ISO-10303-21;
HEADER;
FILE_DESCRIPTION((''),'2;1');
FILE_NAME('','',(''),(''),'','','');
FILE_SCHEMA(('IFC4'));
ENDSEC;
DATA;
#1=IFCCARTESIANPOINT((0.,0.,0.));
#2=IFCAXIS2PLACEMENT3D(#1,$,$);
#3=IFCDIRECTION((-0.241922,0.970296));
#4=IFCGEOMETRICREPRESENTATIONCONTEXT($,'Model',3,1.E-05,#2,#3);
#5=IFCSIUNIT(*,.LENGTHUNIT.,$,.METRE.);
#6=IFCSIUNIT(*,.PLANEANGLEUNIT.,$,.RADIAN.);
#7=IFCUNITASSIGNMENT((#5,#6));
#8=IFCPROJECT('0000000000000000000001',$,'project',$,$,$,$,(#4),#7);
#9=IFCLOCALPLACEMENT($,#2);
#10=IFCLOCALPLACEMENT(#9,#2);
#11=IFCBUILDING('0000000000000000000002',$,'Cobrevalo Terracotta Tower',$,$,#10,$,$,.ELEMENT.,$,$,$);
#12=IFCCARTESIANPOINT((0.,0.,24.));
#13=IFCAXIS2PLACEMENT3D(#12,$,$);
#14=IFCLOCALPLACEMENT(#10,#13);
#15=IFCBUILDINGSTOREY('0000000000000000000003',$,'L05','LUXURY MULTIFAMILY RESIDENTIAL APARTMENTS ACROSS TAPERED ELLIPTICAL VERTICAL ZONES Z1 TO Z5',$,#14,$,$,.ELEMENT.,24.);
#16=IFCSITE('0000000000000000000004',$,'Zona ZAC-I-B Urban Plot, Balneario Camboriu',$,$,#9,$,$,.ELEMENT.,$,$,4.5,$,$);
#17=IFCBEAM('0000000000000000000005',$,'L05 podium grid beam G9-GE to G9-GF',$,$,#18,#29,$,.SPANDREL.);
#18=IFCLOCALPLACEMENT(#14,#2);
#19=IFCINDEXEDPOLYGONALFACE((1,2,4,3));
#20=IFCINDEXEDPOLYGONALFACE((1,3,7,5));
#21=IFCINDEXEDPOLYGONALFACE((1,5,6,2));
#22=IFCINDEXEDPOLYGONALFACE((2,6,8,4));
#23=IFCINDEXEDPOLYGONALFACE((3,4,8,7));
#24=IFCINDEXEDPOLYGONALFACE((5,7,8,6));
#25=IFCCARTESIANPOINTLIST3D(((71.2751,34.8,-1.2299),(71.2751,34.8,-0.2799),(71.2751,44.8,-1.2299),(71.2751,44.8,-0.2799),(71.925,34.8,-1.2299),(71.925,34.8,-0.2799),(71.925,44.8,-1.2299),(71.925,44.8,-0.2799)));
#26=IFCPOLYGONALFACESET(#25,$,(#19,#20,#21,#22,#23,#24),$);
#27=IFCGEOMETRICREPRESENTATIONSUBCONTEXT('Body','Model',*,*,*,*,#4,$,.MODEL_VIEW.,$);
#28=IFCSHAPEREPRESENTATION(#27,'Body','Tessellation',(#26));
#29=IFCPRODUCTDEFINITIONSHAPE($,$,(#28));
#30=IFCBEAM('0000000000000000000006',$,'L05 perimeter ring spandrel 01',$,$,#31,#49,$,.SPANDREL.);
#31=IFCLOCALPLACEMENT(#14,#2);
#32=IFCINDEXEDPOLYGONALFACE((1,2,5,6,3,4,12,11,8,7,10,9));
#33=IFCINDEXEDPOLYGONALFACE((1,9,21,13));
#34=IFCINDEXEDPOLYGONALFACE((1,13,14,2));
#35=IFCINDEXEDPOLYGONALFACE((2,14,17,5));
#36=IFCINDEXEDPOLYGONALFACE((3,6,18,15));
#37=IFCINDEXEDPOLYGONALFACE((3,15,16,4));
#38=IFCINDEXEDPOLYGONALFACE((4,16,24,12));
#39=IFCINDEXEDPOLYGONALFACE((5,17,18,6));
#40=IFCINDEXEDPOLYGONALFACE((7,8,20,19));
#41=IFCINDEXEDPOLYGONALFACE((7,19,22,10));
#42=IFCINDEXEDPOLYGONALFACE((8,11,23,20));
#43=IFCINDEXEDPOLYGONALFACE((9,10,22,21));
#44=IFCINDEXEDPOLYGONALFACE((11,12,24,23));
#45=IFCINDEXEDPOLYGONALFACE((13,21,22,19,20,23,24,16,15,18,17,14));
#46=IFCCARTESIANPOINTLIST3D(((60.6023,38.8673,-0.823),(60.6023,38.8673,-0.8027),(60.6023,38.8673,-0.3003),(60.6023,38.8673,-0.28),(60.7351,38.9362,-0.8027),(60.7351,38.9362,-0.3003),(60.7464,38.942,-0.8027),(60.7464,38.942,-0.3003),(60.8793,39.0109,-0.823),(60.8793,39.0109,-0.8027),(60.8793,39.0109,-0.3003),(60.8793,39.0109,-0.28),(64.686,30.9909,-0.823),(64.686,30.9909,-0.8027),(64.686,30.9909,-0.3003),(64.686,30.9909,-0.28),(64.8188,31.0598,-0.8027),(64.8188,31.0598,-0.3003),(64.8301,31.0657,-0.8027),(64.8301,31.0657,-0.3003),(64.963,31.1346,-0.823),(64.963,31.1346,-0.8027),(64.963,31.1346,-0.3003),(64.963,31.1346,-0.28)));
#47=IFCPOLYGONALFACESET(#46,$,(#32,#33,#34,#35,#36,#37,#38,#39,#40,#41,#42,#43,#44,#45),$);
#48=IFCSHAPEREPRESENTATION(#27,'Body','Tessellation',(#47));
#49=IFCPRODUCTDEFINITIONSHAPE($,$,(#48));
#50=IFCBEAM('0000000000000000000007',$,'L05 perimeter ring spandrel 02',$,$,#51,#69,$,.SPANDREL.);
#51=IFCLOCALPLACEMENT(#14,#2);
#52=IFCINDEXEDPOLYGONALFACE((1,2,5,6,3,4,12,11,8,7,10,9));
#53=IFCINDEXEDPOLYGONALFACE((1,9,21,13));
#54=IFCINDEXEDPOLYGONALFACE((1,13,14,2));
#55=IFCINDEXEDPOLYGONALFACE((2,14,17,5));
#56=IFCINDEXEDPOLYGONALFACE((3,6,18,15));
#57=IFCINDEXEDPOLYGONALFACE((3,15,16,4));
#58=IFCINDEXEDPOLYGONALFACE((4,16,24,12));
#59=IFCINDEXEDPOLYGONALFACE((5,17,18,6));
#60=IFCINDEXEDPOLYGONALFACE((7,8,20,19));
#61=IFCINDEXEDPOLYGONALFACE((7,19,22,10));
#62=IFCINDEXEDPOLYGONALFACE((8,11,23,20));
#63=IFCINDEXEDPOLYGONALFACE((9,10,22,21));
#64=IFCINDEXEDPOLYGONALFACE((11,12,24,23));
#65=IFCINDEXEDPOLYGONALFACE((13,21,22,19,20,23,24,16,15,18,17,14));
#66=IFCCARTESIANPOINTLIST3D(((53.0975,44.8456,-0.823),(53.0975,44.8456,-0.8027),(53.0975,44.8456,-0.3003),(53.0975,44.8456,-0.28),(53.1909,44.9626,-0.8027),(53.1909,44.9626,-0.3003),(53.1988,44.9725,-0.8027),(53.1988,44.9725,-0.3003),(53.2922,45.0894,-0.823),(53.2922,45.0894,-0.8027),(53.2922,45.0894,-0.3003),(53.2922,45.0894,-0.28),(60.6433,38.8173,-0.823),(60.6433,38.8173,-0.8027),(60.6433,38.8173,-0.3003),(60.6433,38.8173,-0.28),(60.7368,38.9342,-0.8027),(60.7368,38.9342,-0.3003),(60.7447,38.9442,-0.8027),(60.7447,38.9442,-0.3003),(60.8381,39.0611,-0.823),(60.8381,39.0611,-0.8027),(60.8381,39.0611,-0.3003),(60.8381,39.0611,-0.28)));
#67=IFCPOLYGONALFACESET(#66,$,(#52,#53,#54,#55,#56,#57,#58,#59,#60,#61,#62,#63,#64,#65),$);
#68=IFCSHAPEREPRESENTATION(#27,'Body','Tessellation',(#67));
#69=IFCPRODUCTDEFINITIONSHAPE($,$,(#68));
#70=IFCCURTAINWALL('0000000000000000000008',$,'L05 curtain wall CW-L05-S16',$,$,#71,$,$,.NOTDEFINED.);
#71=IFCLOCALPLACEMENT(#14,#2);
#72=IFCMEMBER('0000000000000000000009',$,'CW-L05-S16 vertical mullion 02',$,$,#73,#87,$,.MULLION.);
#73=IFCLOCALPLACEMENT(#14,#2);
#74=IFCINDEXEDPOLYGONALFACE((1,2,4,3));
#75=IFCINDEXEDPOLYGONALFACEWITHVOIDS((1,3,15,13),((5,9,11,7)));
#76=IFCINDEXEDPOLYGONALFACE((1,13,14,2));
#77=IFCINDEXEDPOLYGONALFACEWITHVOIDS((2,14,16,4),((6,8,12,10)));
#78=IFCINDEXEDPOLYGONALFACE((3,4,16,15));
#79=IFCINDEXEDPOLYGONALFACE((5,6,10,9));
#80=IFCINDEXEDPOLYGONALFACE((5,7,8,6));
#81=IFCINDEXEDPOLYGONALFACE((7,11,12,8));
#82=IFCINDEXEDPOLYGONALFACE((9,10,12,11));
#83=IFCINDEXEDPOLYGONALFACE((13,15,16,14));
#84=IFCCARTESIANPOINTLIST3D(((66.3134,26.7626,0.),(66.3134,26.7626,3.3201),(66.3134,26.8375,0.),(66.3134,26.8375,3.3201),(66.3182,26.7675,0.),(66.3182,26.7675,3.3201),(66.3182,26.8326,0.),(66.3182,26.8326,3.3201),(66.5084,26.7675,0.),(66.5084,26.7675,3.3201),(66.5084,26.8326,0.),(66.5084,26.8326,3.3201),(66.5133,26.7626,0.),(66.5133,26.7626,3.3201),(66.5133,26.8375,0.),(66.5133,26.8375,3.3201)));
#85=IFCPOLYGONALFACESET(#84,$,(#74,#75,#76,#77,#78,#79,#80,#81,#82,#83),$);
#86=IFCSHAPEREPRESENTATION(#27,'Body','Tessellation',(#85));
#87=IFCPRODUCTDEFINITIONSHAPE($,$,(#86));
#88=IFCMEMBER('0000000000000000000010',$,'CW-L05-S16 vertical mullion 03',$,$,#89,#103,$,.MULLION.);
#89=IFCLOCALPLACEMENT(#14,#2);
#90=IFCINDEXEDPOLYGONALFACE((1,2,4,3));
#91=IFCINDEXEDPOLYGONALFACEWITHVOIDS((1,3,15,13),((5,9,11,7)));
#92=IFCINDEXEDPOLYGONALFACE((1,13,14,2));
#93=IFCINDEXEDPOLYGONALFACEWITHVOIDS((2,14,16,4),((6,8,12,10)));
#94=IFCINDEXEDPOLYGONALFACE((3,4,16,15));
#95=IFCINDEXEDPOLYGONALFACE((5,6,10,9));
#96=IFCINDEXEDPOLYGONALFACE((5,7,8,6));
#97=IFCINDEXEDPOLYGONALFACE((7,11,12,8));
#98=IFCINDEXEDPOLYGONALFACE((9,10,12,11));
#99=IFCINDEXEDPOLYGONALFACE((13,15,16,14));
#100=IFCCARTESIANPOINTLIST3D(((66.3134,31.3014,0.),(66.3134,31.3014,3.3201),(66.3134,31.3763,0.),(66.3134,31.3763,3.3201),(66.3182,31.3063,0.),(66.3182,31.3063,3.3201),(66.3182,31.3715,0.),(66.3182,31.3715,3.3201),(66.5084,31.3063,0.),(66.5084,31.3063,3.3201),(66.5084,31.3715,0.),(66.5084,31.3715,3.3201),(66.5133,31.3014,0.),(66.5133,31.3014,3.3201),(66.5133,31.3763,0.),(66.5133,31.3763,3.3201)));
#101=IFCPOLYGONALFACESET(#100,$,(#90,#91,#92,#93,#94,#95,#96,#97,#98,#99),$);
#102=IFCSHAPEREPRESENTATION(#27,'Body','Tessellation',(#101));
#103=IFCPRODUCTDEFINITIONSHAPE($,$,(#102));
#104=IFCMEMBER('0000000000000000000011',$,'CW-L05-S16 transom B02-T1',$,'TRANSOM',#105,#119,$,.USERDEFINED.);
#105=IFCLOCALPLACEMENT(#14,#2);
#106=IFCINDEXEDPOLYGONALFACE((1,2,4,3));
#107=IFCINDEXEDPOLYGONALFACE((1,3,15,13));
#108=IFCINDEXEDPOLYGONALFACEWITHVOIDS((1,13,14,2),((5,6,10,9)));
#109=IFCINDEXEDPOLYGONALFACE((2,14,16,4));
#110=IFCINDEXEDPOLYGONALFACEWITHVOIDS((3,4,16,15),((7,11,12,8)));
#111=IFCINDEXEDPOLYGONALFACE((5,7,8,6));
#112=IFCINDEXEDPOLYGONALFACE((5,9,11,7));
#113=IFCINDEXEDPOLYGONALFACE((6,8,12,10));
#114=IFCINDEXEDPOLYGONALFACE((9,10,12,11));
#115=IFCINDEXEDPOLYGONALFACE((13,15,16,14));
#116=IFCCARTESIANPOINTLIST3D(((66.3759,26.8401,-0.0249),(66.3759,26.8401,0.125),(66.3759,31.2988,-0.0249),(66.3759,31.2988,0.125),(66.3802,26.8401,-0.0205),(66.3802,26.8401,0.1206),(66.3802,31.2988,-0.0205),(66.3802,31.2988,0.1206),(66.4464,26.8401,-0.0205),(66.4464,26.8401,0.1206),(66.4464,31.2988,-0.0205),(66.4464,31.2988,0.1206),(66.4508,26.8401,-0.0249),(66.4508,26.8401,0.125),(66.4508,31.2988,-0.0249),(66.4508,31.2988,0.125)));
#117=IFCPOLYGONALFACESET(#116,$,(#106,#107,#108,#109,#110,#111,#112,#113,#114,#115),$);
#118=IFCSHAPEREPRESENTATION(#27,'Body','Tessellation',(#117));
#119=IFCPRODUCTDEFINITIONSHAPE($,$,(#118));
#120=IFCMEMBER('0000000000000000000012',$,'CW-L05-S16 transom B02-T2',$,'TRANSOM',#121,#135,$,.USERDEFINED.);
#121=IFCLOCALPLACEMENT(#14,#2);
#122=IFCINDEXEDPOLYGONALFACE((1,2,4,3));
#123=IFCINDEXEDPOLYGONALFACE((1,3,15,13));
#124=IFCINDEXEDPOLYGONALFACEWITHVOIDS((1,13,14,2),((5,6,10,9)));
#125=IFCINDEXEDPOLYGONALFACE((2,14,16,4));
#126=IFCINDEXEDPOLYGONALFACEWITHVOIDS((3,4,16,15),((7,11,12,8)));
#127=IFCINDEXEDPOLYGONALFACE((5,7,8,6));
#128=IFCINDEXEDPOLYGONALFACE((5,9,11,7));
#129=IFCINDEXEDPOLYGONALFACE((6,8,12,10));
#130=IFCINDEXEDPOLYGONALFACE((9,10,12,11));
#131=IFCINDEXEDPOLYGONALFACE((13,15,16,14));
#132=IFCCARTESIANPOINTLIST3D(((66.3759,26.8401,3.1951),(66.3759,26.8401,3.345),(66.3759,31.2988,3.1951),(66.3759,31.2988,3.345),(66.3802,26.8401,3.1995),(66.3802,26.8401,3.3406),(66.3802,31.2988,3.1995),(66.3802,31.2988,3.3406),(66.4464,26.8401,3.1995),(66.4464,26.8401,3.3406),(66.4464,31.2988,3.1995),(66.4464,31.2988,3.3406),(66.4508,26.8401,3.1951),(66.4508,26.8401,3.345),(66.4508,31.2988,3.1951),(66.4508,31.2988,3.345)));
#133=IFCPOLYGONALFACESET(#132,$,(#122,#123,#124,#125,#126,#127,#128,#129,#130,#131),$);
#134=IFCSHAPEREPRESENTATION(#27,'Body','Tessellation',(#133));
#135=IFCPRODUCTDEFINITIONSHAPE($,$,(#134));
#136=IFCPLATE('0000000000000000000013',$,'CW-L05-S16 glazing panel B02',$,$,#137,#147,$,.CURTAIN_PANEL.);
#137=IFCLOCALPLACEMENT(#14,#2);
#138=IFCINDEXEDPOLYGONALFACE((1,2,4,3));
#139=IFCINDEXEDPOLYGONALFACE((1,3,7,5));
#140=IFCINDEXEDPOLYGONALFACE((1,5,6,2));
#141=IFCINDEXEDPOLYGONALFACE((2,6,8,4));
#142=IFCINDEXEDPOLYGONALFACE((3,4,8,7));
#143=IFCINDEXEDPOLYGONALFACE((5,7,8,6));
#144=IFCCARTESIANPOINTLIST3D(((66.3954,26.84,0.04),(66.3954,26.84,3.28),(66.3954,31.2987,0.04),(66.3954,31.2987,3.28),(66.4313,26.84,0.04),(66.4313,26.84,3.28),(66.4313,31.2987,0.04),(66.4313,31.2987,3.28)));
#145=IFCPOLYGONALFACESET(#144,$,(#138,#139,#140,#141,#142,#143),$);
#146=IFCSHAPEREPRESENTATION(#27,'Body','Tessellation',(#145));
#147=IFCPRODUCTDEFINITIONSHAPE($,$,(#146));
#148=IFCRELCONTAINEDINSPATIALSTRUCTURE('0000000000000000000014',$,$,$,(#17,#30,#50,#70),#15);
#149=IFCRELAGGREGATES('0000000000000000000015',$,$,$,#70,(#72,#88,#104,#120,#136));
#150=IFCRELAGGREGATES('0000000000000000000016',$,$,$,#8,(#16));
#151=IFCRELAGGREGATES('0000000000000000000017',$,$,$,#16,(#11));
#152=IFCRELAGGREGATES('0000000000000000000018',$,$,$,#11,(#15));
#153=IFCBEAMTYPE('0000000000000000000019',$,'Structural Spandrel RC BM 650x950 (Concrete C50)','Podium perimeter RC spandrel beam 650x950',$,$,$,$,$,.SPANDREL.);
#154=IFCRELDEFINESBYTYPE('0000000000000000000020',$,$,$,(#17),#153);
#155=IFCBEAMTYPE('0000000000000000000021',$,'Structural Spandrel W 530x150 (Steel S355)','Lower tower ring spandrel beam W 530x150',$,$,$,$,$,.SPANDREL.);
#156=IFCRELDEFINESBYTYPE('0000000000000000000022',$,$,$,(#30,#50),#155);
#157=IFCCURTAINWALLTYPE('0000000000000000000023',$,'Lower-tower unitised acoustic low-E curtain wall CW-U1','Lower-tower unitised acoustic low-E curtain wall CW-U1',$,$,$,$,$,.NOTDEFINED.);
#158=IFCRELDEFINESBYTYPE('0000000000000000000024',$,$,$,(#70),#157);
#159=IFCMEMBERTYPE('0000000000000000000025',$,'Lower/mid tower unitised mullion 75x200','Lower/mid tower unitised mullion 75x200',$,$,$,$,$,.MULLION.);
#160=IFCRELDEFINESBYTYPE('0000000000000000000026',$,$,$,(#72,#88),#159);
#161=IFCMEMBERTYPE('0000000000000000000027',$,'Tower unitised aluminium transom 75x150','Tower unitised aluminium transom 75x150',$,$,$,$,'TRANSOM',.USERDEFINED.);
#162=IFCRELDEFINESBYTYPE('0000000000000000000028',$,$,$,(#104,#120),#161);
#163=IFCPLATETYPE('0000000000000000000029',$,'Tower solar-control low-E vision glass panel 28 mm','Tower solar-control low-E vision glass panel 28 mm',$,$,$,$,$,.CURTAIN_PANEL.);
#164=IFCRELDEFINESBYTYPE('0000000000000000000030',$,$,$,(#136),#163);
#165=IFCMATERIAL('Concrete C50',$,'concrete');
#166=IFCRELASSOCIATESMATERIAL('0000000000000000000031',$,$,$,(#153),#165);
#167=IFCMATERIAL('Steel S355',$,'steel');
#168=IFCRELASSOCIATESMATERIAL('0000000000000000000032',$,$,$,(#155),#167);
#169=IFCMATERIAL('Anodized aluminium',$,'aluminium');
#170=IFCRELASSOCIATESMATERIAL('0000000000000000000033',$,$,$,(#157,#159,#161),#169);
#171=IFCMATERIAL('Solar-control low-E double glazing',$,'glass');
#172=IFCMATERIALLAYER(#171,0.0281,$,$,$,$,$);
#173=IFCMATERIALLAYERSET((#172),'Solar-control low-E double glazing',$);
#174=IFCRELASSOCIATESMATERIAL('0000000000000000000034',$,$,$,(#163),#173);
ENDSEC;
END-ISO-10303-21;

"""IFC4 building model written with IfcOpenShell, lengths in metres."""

from ifc_helpers import new_model, si_unit, direction, frame, origin, origin_2d, place, context, subcontext, project, spatial, rectangle, hollow_rectangle, i_section, extrude, source, transform, mapped, material, layer, layer_set, material_profile, profile_set, type_object, element, aggregate, save


model = new_model("IFC4")

# Units and contexts
model_context = context("Model", 3, precision=1e-05, world=origin(), true_north=direction((-0.241922, 0.970296)))
body_context = subcontext(model_context, "Body", "Model", "MODEL_VIEW")
ifc_project = project(units=[si_unit("LENGTHUNIT", "METRE"), si_unit("PLANEANGLEUNIT", "RADIAN")], contexts=[model_context])

# Site, building, storey
site_placement = place(None, origin())
site = spatial("IfcSite", under=ifc_project, at=site_placement, Name="Zona ZAC-I-B Urban Plot, Balneario Camboriu", CompositionType="ELEMENT", RefElevation=4.5)
building_placement = place(site_placement, origin())
building = spatial("IfcBuilding", under=site, at=building_placement, Name="Cobrevalo Terracotta Tower", CompositionType="ELEMENT")
storey_placement = place(building_placement, frame((0.0, 0.0, 24.0)))
storey = spatial("IfcBuildingStorey", under=building, at=storey_placement, Name="L05", Description="LUXURY MULTIFAMILY RESIDENTIAL APARTMENTS ACROSS TAPERED ELLIPTICAL VERTICAL ZONES Z1 TO Z5", CompositionType="ELEMENT", Elevation=24.0)

# Shared definitions
ifc_material_1 = material(Name="Steel S355", Category="steel")

# Beams
ifc_material_2 = material(Name="Concrete C50", Category="concrete")
ifc_material_profile_1 = material_profile(ifc_material_2, rectangle(XDim=0.6499, YDim=0.95, at=origin_2d()), Name="RC BM 650x950")
ifc_profile_set_1 = profile_set([ifc_material_profile_1], Name="Concrete C50")
beam_type_1 = type_object("IfcBeamType", Name="Structural Spandrel RC BM 650x950 (Concrete C50)", Description="Podium perimeter RC spandrel beam 650x950", PredefinedType="SPANDREL", material=ifc_profile_set_1)
beam_1_placement = place(storey_placement, frame((71.6001, 34.8, -0.7549), z_axis=(0.0, 1.0, 0.0), x_axis=(-1.0, 0.0, 0.0)))
element("IfcBeam", 1, at=beam_1_placement, inside=storey, type_object=beam_type_1, Name="L05 podium grid beam G9-GE to G9-GF", PredefinedType="SPANDREL", context=body_context, shape_type="SweptSolid", body=[
    extrude(rectangle(XDim=0.6499, YDim=0.95, at=origin_2d()), origin(), (0.0, 0.0, 1.0), 10.0),
])
ifc_material_profile_2 = material_profile(ifc_material_1, i_section(OverallWidth=0.312, OverallDepth=0.543, WebThickness=0.0127, FlangeThickness=0.0203, at=origin_2d()), Name="W 530x150")
ifc_profile_set_2 = profile_set([ifc_material_profile_2], Name="Steel S355")
beam_type_2 = type_object("IfcBeamType", Name="Structural Spandrel W 530x150 (Steel S355)", Description="Lower tower ring spandrel beam W 530x150", PredefinedType="SPANDREL", material=ifc_profile_set_2)
beam_2_placement = place(storey_placement, frame((64.8245, 31.0627, -0.5515), z_axis=(-0.460286, 0.887771, 0.0), x_axis=(-0.887771, -0.460286, 0.0)))
element("IfcBeam", 2, at=beam_2_placement, inside=storey, type_object=beam_type_2, Name="L05 perimeter ring spandrel 01", PredefinedType="SPANDREL", context=body_context, shape_type="SweptSolid", body=[
    extrude(i_section(OverallWidth=0.312, OverallDepth=0.543, WebThickness=0.0127, FlangeThickness=0.0203, at=origin_2d()), origin(), (0.0, 0.0, 1.0), 8.8721),
])
beam_3_placement = place(storey_placement, frame((60.7407, 38.9392, -0.5515), z_axis=(-0.781293, 0.624165, 0.0), x_axis=(-0.624165, -0.781293, 0.0)))
element("IfcBeam", 3, at=beam_3_placement, inside=storey, type_object=beam_type_2, Name="L05 perimeter ring spandrel 02", PredefinedType="SPANDREL", context=body_context, shape_type="SweptSolid", body=[
    extrude(i_section(OverallWidth=0.312, OverallDepth=0.543, WebThickness=0.0127, FlangeThickness=0.0203, at=origin_2d()), origin(), (0.0, 0.0, 1.0), 9.6582),
])

# Curtain wall, members, plate
ifc_material_3 = material(Name="Anodized aluminium", Category="aluminium")
curtain_wall_type = type_object("IfcCurtainWallType", Name="Lower-tower unitised acoustic low-E curtain wall CW-U1", Description="Lower-tower unitised acoustic low-E curtain wall CW-U1", PredefinedType="NOTDEFINED", material=ifc_material_3)
curtain_wall_placement = place(storey_placement, origin())
curtain_wall = element("IfcCurtainWall", 4, at=curtain_wall_placement, inside=storey, type_object=curtain_wall_type, Name="L05 curtain wall CW-L05-S16", PredefinedType="NOTDEFINED")
ifc_material_profile_3 = material_profile(ifc_material_3, hollow_rectangle(XDim=0.075, YDim=0.2, WallThickness=0.0049, at=origin_2d()), Name="CWM 75x200")
ifc_profile_set_3 = profile_set([ifc_material_profile_3], Name="Anodized aluminium")
member_type_1 = type_object("IfcMemberType", Name="Lower/mid tower unitised mullion 75x200", Description="Lower/mid tower unitised mullion 75x200", PredefinedType="MULLION", material=ifc_profile_set_3)
shared_shape_1 = source(origin(), body_context, "Body", "SweptSolid", [
    extrude(hollow_rectangle(XDim=0.075, YDim=0.2, WallThickness=0.0049, at=origin_2d()), origin(), (0.0, 0.0, 1.0), 3.3201),
])
member_1_placement = place(storey_placement, frame((66.4133, 26.8, 0.0), z_axis=(0.0, 0.0, 1.0), x_axis=(0.0, 1.0, 0.0)))
member_1 = element("IfcMember", 5, at=member_1_placement, type_object=member_type_1, Name="CW-L05-S16 vertical mullion 02", PredefinedType="MULLION", context=body_context, shape_type="MappedRepresentation", body=[
    mapped(shared_shape_1, transform((0.0, 0.0, 0.0), scale=1.0)),
])
member_2_placement = place(storey_placement, frame((66.4133, 31.3389, 0.0), z_axis=(0.0, 0.0, 1.0), x_axis=(0.0, 1.0, 0.0)))
member_2 = element("IfcMember", 6, at=member_2_placement, type_object=member_type_1, Name="CW-L05-S16 vertical mullion 03", PredefinedType="MULLION", context=body_context, shape_type="MappedRepresentation", body=[
    mapped(shared_shape_1, transform((0.0, 0.0, 0.0), scale=1.0)),
])
ifc_material_profile_4 = material_profile(ifc_material_3, hollow_rectangle(XDim=0.075, YDim=0.1499, WallThickness=0.0044, at=origin_2d()), Name="CWT 75x150")
ifc_profile_set_4 = profile_set([ifc_material_profile_4], Name="Anodized aluminium")
member_type_2 = type_object("IfcMemberType", Name="Tower unitised aluminium transom 75x150", Description="Tower unitised aluminium transom 75x150", ElementType="TRANSOM", PredefinedType="USERDEFINED", material=ifc_profile_set_4)
shared_shape_2 = source(origin(), body_context, "Body", "SweptSolid", [
    extrude(hollow_rectangle(XDim=0.075, YDim=0.1499, WallThickness=0.0044, at=origin_2d()), origin(), (0.0, 0.0, 1.0), 4.4587),
])
member_3_placement = place(storey_placement, frame((66.4133, 26.8401, 0.05), z_axis=(0.0, 1.0, 0.0), x_axis=(-1.0, 0.0, 0.0)))
member_3 = element("IfcMember", 7, at=member_3_placement, type_object=member_type_2, Name="CW-L05-S16 transom B02-T1", ObjectType="TRANSOM", PredefinedType="USERDEFINED", context=body_context, shape_type="MappedRepresentation", body=[
    mapped(shared_shape_2, transform((0.0, 0.0, 0.0), scale=1.0)),
])
member_4_placement = place(storey_placement, frame((66.4133, 26.8401, 3.27), z_axis=(0.0, 1.0, 0.0), x_axis=(-1.0, 0.0, 0.0)))
member_4 = element("IfcMember", 8, at=member_4_placement, type_object=member_type_2, Name="CW-L05-S16 transom B02-T2", ObjectType="TRANSOM", PredefinedType="USERDEFINED", context=body_context, shape_type="MappedRepresentation", body=[
    mapped(shared_shape_2, transform((0.0, 0.0, 0.0), scale=1.0)),
])
ifc_material_4 = material(Name="Solar-control low-E double glazing", Category="glass")
ifc_layer_1 = layer(ifc_material_4, 0.0281)
ifc_layer_set_1 = layer_set([ifc_layer_1], Name="Solar-control low-E double glazing")
plate_type = type_object("IfcPlateType", Name="Tower solar-control low-E vision glass panel 28 mm", Description="Tower solar-control low-E vision glass panel 28 mm", PredefinedType="CURTAIN_PANEL", material=ifc_layer_set_1)
shared_shape_3 = source(origin(), body_context, "Body", "SweptSolid", [
    extrude(rectangle(XDim=4.4587, YDim=0.0359, at=origin_2d()), origin(), (0.0, 0.0, 1.0), 3.24),
])
plate_placement = place(storey_placement, frame((66.4133, 29.0693, 0.04), z_axis=(0.0, 0.0, 1.0), x_axis=(0.0, 1.0, 0.0)))
plate = element("IfcPlate", 9, at=plate_placement, type_object=plate_type, Name="CW-L05-S16 glazing panel B02", PredefinedType="CURTAIN_PANEL", context=body_context, shape_type="MappedRepresentation", body=[
    mapped(shared_shape_3, transform((0.0, 0.0, 0.0), scale=1.0)),
])
aggregate(curtain_wall, [member_1, member_2, member_3, member_4, plate])

save(model, "model.ifc")
